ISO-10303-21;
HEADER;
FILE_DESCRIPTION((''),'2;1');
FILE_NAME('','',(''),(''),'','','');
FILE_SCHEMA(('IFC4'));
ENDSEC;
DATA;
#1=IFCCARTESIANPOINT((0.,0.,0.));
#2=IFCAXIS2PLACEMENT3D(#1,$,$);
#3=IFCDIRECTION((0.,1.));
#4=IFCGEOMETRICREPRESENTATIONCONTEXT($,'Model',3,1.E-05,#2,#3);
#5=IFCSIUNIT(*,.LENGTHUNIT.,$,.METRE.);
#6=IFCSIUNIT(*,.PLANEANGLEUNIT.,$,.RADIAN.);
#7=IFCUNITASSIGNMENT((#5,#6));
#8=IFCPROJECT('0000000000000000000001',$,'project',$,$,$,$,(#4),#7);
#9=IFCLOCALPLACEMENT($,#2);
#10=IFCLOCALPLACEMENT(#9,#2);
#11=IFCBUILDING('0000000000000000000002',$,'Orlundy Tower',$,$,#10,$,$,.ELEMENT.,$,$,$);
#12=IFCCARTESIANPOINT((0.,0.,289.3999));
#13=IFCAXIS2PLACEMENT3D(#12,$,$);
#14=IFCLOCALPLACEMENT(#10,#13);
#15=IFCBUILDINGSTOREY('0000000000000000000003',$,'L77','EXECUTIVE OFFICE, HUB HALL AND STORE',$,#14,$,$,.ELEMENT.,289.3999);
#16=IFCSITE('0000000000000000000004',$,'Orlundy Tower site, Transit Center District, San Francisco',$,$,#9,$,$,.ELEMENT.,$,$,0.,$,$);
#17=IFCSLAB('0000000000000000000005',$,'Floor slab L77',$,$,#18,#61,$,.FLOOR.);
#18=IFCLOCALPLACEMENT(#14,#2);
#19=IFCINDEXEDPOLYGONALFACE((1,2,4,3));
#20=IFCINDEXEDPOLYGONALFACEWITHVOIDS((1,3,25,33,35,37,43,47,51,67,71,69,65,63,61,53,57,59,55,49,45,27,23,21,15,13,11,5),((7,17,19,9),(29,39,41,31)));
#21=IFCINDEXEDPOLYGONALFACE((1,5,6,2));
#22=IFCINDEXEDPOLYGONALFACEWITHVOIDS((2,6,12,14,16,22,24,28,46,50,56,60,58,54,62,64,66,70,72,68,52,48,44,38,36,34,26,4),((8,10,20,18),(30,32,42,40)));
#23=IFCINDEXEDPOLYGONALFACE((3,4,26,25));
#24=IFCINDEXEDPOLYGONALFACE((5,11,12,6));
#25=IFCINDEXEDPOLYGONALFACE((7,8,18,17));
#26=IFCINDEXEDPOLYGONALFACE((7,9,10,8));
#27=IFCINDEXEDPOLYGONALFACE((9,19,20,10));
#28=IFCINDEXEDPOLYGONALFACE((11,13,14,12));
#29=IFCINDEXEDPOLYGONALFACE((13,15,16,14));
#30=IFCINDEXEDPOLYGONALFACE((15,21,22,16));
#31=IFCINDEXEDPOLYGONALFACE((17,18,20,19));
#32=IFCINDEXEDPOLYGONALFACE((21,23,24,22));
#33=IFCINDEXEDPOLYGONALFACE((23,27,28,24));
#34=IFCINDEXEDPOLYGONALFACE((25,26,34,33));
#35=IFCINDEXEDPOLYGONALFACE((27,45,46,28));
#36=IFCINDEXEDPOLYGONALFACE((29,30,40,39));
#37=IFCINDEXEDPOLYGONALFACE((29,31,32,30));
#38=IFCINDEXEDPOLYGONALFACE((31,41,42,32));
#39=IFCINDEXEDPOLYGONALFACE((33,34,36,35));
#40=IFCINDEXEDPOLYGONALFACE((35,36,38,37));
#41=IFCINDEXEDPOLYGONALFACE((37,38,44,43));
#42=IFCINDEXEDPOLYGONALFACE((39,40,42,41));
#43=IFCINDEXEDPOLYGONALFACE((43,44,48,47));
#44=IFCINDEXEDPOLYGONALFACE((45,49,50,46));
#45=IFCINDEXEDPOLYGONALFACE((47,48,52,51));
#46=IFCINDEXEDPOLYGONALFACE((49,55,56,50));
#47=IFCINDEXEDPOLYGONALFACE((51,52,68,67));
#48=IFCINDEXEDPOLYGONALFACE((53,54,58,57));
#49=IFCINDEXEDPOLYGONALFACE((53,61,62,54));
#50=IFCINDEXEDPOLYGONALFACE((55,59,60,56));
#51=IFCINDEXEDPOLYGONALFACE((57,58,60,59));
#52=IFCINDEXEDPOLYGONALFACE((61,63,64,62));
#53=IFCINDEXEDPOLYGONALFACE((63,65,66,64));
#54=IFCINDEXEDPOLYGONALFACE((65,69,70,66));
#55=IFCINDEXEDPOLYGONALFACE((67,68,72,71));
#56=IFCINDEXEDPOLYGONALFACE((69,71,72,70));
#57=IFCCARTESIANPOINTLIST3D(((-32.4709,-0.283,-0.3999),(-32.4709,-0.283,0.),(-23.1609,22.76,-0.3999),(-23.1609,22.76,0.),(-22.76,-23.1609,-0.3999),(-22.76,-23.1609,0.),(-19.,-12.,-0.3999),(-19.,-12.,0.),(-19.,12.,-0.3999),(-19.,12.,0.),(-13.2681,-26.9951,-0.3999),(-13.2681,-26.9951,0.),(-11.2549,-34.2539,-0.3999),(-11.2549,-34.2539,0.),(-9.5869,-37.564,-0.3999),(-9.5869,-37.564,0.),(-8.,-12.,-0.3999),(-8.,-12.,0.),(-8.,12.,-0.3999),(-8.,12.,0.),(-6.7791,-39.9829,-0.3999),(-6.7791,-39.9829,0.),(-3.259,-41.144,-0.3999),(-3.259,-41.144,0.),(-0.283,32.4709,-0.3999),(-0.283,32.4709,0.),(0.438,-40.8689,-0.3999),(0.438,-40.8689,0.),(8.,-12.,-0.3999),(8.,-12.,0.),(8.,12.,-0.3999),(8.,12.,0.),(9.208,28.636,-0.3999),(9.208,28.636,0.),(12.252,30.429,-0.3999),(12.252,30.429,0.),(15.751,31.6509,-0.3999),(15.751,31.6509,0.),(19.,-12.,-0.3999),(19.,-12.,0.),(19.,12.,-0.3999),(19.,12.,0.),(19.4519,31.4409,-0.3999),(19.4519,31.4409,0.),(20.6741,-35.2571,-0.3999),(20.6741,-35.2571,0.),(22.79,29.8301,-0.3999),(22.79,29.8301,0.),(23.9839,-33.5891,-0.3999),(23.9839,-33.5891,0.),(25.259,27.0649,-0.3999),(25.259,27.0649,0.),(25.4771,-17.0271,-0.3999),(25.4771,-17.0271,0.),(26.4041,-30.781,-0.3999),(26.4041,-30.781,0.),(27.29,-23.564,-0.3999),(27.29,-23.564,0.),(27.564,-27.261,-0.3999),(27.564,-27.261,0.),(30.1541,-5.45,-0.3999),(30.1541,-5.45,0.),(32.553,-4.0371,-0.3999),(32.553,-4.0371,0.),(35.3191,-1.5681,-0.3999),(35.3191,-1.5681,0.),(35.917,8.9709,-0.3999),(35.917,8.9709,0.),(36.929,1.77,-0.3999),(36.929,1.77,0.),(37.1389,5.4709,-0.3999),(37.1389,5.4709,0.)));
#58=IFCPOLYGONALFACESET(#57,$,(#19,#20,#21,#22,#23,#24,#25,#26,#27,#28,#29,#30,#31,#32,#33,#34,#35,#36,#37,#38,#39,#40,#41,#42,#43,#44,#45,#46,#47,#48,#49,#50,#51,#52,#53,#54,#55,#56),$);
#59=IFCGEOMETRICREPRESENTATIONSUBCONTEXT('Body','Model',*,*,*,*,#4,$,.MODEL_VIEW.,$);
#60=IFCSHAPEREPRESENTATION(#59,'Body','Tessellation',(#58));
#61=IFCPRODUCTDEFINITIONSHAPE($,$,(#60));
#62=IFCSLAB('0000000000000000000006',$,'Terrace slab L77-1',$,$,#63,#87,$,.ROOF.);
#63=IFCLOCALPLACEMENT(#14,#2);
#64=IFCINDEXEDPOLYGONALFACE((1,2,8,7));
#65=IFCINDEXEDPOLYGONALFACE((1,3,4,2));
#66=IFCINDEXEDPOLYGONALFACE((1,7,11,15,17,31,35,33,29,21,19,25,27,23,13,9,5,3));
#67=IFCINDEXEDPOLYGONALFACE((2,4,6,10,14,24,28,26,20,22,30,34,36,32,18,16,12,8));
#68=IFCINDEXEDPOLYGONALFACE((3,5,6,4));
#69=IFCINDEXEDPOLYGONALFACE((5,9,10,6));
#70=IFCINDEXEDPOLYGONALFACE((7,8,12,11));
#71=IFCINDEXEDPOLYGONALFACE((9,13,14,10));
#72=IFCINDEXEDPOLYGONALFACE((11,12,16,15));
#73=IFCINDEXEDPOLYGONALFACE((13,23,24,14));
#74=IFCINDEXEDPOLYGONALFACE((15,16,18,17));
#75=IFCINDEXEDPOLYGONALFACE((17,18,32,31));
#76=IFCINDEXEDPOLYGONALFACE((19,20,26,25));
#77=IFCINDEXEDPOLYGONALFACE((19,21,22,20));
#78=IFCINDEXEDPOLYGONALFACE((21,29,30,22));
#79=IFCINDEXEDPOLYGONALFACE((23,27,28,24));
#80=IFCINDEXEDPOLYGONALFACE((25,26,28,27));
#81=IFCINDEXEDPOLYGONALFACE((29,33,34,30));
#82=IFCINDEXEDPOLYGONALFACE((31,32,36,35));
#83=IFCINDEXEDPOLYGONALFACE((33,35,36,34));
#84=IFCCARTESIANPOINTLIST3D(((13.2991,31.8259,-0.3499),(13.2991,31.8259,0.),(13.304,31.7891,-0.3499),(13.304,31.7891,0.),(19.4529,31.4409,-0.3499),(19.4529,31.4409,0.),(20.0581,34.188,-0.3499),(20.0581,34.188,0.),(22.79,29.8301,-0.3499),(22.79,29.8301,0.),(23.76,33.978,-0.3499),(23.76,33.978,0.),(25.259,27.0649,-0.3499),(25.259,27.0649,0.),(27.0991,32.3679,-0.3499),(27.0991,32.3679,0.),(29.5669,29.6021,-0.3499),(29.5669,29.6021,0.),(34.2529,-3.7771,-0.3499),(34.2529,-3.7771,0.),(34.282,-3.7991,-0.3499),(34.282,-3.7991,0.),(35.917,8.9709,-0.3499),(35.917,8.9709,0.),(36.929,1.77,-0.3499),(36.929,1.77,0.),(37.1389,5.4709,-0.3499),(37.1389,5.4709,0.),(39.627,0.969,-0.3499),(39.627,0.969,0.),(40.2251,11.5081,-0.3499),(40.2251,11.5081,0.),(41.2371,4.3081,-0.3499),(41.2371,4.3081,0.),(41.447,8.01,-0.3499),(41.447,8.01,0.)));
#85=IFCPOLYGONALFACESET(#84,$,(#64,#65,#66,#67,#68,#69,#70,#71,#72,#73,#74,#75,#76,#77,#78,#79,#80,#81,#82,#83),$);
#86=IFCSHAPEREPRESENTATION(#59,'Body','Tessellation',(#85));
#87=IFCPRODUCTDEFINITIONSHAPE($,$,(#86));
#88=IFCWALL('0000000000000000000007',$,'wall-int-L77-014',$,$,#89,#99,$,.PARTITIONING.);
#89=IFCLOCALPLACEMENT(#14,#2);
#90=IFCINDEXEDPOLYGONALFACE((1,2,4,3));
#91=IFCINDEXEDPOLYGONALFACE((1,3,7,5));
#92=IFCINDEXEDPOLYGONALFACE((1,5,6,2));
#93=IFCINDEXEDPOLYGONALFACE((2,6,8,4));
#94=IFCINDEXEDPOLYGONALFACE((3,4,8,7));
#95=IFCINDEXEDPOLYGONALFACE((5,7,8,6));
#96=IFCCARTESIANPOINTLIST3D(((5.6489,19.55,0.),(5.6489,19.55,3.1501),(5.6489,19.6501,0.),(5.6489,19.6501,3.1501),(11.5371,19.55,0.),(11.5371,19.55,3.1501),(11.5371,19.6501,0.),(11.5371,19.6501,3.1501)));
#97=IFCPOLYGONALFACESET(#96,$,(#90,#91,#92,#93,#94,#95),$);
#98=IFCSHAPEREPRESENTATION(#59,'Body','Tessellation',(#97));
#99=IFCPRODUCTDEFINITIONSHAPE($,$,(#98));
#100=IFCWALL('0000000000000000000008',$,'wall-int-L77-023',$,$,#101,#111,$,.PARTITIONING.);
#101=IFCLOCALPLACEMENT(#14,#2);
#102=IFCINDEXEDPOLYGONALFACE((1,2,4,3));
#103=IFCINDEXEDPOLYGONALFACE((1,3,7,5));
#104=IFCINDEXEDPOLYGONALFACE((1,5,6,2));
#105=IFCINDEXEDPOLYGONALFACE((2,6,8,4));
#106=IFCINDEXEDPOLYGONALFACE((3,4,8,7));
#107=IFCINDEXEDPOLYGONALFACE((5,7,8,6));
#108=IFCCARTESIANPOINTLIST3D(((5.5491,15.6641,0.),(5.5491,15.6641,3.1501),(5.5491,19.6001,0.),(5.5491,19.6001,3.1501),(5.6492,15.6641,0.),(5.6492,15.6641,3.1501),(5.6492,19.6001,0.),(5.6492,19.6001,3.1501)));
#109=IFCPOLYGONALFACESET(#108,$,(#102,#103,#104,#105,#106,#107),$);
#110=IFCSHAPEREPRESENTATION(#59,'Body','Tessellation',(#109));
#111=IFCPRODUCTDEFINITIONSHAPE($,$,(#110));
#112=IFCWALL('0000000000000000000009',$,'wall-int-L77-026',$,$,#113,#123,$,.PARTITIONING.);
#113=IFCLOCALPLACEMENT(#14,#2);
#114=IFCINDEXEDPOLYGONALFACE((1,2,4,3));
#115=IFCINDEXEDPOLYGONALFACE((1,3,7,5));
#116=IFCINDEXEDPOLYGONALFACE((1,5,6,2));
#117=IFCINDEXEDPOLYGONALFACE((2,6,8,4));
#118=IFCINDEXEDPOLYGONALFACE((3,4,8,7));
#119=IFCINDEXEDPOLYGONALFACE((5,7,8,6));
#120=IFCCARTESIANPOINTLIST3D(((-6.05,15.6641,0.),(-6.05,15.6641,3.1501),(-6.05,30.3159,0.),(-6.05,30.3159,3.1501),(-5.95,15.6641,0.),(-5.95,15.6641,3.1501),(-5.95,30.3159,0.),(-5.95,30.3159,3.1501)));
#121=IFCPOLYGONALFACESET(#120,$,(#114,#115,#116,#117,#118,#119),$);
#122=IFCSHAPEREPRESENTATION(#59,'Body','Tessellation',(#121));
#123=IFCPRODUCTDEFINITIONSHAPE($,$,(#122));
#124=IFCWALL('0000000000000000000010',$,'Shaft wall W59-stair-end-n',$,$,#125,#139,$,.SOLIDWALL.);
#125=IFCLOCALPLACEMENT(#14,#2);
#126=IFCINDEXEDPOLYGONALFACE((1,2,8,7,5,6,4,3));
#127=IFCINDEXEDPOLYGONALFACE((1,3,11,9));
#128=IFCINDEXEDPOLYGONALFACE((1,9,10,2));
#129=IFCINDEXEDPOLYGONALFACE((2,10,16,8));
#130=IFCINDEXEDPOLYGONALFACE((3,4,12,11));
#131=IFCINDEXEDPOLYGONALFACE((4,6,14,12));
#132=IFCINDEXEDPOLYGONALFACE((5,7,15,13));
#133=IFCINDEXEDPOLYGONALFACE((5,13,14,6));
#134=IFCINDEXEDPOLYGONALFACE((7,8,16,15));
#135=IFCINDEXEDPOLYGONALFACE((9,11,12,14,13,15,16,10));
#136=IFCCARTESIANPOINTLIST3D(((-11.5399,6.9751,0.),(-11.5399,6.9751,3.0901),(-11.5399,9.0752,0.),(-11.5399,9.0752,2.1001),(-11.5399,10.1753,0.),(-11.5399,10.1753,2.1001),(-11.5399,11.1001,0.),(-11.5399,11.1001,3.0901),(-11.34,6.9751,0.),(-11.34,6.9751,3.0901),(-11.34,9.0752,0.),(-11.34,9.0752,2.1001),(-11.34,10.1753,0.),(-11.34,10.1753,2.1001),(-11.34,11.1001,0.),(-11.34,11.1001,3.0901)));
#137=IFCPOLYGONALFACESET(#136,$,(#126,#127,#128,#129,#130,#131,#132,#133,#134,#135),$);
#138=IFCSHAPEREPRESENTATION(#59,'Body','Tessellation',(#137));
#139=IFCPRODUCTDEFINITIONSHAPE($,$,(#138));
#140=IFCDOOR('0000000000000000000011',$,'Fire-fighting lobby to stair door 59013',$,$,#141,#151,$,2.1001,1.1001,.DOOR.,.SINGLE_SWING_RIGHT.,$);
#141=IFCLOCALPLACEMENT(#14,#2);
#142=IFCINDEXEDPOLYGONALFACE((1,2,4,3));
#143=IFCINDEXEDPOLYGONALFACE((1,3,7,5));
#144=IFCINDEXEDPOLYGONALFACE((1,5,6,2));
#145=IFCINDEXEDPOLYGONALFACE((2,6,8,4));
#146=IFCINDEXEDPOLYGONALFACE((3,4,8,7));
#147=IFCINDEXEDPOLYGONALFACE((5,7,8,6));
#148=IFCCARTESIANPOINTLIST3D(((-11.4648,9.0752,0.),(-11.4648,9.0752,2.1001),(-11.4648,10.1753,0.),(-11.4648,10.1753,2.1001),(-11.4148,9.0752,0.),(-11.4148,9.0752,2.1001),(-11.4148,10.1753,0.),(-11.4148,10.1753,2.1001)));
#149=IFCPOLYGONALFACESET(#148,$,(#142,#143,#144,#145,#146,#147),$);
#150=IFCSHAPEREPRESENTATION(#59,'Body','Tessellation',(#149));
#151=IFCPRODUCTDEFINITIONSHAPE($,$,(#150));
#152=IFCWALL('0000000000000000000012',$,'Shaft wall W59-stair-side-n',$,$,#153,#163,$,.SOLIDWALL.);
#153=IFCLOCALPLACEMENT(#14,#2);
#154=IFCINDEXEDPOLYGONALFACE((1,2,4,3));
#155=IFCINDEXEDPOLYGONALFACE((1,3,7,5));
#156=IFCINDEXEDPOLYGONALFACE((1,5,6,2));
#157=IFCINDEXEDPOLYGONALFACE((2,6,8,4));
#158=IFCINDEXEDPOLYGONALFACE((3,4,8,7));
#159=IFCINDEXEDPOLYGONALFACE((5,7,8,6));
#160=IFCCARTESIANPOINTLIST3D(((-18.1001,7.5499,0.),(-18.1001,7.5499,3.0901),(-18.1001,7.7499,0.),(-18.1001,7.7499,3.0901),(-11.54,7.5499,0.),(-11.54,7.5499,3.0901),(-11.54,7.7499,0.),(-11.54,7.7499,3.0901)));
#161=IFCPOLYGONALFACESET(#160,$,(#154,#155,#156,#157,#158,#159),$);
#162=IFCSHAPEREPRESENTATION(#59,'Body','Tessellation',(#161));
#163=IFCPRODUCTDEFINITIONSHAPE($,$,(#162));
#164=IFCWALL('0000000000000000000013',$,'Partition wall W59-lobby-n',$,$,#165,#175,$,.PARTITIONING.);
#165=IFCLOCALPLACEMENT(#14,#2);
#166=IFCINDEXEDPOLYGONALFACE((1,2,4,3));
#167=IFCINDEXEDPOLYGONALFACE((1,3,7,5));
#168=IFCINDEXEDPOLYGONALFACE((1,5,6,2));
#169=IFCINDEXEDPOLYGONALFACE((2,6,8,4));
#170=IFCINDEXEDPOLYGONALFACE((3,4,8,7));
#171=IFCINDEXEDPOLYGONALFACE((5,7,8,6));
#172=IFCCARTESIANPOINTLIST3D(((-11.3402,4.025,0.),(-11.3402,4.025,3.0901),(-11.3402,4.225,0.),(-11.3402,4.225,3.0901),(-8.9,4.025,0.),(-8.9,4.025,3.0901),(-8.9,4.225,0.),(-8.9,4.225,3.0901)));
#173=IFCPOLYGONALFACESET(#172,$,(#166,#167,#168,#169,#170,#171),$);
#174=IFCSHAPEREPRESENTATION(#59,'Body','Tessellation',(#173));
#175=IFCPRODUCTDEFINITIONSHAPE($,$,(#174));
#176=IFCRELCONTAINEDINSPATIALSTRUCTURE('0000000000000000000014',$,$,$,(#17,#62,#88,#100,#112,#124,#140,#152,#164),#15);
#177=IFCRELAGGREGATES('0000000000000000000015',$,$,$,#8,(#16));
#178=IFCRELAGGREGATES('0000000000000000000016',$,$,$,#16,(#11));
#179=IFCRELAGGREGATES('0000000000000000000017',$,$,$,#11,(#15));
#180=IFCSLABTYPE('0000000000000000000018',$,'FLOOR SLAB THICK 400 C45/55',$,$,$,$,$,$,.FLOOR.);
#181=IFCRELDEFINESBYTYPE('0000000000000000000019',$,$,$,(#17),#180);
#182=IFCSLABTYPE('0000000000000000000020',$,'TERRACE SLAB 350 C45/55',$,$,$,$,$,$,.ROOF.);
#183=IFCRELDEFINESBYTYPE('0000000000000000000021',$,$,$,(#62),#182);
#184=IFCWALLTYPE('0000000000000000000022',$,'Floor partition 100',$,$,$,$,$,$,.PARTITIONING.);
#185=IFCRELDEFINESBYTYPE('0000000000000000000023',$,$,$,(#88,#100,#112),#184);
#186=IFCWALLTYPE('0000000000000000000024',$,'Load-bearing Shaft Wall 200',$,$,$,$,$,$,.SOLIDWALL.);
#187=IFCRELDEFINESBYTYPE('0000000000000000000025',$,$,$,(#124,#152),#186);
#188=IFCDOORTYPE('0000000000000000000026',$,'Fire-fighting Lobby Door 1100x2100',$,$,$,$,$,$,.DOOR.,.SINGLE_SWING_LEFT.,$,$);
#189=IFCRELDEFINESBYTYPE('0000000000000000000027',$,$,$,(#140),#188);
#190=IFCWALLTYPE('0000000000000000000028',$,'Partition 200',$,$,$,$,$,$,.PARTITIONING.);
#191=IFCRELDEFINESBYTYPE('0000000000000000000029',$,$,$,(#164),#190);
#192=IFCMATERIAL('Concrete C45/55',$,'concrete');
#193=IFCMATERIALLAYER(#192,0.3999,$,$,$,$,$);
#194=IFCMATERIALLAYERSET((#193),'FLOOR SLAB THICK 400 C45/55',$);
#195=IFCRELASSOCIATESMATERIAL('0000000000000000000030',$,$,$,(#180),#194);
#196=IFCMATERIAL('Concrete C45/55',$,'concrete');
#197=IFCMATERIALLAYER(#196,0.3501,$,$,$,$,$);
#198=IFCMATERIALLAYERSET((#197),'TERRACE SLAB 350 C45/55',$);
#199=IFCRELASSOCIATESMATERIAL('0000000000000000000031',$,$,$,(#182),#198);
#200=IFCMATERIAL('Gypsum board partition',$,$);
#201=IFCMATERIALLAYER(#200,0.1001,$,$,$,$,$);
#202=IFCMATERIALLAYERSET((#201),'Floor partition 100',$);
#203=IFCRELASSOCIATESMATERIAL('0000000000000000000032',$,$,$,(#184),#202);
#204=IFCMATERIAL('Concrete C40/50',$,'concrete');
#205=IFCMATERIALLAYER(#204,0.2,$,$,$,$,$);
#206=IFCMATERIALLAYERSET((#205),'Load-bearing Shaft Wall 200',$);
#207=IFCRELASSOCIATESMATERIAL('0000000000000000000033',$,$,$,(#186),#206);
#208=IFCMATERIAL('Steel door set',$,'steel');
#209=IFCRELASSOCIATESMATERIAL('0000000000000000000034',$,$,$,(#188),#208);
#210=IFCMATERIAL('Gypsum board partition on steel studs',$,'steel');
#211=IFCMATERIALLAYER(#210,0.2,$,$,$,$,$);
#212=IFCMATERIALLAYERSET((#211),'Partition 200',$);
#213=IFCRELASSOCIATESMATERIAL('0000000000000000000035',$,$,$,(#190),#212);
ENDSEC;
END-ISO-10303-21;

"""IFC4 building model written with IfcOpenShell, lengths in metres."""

from ifc_helpers import new_model, si_unit, direction, frame, frame_2d, origin, place, context, subcontext, project, spatial, polyline, rectangle, outline, extrude, material, layer, layer_set, type_object, element, fill, save


model = new_model("IFC4")

# Units and contexts
model_context = context("Model", 3, precision=1e-05, world=origin(), true_north=direction((0.0, 1.0)))
body_context = subcontext(model_context, "Body", "Model", "MODEL_VIEW")
ifc_project = project(units=[si_unit("LENGTHUNIT", "METRE"), si_unit("PLANEANGLEUNIT", "RADIAN")], contexts=[model_context])

# Site, building, storey
site_placement = place(None, origin())
site = spatial("IfcSite", under=ifc_project, at=site_placement, Name="Orlundy Tower site, Transit Center District, San Francisco", CompositionType="ELEMENT", RefElevation=0.0)
building_placement = place(site_placement, origin())
building = spatial("IfcBuilding", under=site, at=building_placement, Name="Orlundy Tower", CompositionType="ELEMENT")
storey_placement = place(building_placement, frame((0.0, 0.0, 289.3999)))
storey = spatial("IfcBuildingStorey", under=building, at=storey_placement, Name="L77", Description="EXECUTIVE OFFICE, HUB HALL AND STORE", CompositionType="ELEMENT", Elevation=289.3999)

# Slabs
ifc_material_1 = material(Name="Concrete C45/55", Category="concrete")
ifc_layer_1 = layer(ifc_material_1, 0.3999)
ifc_layer_set_1 = layer_set([ifc_layer_1], Name="FLOOR SLAB THICK 400 C45/55")
slab_type_1 = type_object("IfcSlabType", Name="FLOOR SLAB THICK 400 C45/55", PredefinedType="FLOOR", material=ifc_layer_set_1)
slab_1_placement = place(storey_placement, frame((0.0, 0.0, -0.3999)))
element("IfcSlab", 1, at=slab_1_placement, inside=storey, type_object=slab_type_1, Name="Floor slab L77", PredefinedType="FLOOR", context=body_context, shape_type="SweptSolid", body=[
    extrude(outline(polyline([(-13.2681, -26.9951), (-22.76, -23.1609), (-32.4709, -0.283), (-23.1609, 22.76), (-0.283, 32.4709), (9.208, 28.636), (12.252, 30.429), (15.751, 31.6509), (19.4519, 31.4409), (22.79, 29.8301), (25.259, 27.0649), (35.917, 8.9709), (37.1389, 5.4709), (36.929, 1.77), (35.3191, -1.5681), (32.553, -4.0371), (30.1541, -5.45), (25.4771, -17.0271), (27.29, -23.564), (27.564, -27.261), (26.4041, -30.781), (23.9839, -33.5891), (20.6741, -35.2571), (0.438, -40.8689), (-3.259, -41.144), (-6.7791, -39.9829), (-9.5869, -37.564), (-11.2549, -34.2539), (-13.2681, -26.9951)]), holes=[polyline([(-8.0, -12.0), (-8.0, 12.0), (-19.0, 12.0), (-19.0, -12.0), (-8.0, -12.0)]), polyline([(19.0, -12.0), (19.0, 12.0), (8.0, 12.0), (8.0, -12.0), (19.0, -12.0)])]), origin(), (0.0, 0.0, 1.0), 0.3999),
])
ifc_material_2 = material(Name="Concrete C45/55", Category="concrete")
ifc_layer_2 = layer(ifc_material_2, 0.3501)
ifc_layer_set_2 = layer_set([ifc_layer_2], Name="TERRACE SLAB 350 C45/55")
slab_type_2 = type_object("IfcSlabType", Name="TERRACE SLAB 350 C45/55", PredefinedType="ROOF", material=ifc_layer_set_2)
slab_2_placement = place(storey_placement, frame((0.0, 0.0, -0.3499)))
element("IfcSlab", 2, at=slab_2_placement, inside=storey, type_object=slab_type_2, Name="Terrace slab L77-1", PredefinedType="ROOF", context=body_context, shape_type="SweptSolid", body=[
    extrude(outline(polyline([(13.304, 31.7891), (13.2991, 31.8259), (20.0581, 34.188), (23.76, 33.978), (27.0991, 32.3679), (29.5669, 29.6021), (40.2251, 11.5081), (41.447, 8.01), (41.2371, 4.3081), (39.627, 0.969), (34.282, -3.7991), (34.2529, -3.7771), (36.929, 1.77), (37.1389, 5.4709), (35.917, 8.9709), (25.259, 27.0649), (22.79, 29.8301), (19.4529, 31.4409), (13.304, 31.7891)])), origin(), (0.0, 0.0, 1.0), 0.3499),
])

# Walls
ifc_material_3 = material(Name="Gypsum board partition")
ifc_layer_3 = layer(ifc_material_3, 0.1001)
ifc_layer_set_3 = layer_set([ifc_layer_3], Name="Floor partition 100")
wall_type_1 = type_object("IfcWallType", Name="Floor partition 100", PredefinedType="PARTITIONING", material=ifc_layer_set_3)
wall_1_placement = place(storey_placement, frame((5.6489, 19.6001, 0.0), z_axis=(0.0, 0.0, 1.0), x_axis=(1.0, 0.0, 0.0)))
element("IfcWall", 3, at=wall_1_placement, inside=storey, type_object=wall_type_1, Name="wall-int-L77-014", PredefinedType="PARTITIONING", context=body_context, shape_type="SweptSolid", body=[
    extrude(rectangle(XDim=5.8882, YDim=0.1001, at=frame_2d((2.9441, 0.0))), origin(), (0.0, 0.0, 1.0), 3.1501),
])
wall_2_placement = place(storey_placement, frame((5.5991, 15.6641, 0.0), z_axis=(0.0, 0.0, 1.0), x_axis=(0.0, 1.0, 0.0)))
element("IfcWall", 4, at=wall_2_placement, inside=storey, type_object=wall_type_1, Name="wall-int-L77-023", PredefinedType="PARTITIONING", context=body_context, shape_type="SweptSolid", body=[
    extrude(rectangle(XDim=3.936, YDim=0.1001, at=frame_2d((1.968, 0.0))), origin(), (0.0, 0.0, 1.0), 3.1501),
])
wall_3_placement = place(storey_placement, frame((-6.0, 15.6641, 0.0), z_axis=(0.0, 0.0, 1.0), x_axis=(0.0, 1.0, 0.0)))
element("IfcWall", 5, at=wall_3_placement, inside=storey, type_object=wall_type_1, Name="wall-int-L77-026", PredefinedType="PARTITIONING", context=body_context, shape_type="SweptSolid", body=[
    extrude(rectangle(XDim=14.6519, YDim=0.1001, at=frame_2d((7.3259, 0.0))), origin(), (0.0, 0.0, 1.0), 3.1501),
])

# Wall, opening, door
ifc_material_4 = material(Name="Concrete C40/50", Category="concrete")
ifc_layer_4 = layer(ifc_material_4, 0.2)
ifc_layer_set_4 = layer_set([ifc_layer_4], Name="Load-bearing Shaft Wall 200")
wall_type_2 = type_object("IfcWallType", Name="Load-bearing Shaft Wall 200", PredefinedType="SOLIDWALL", material=ifc_layer_set_4)
wall_4_placement = place(storey_placement, frame((-11.4399, 6.9751, 0.0), z_axis=(0.0, 0.0, 1.0), x_axis=(0.0, 1.0, 0.0)))
wall_4 = element("IfcWall", 6, at=wall_4_placement, inside=storey, type_object=wall_type_2, Name="Shaft wall W59-stair-end-n", PredefinedType="SOLIDWALL", context=body_context, shape_type="SweptSolid", body=[
    extrude(rectangle(XDim=4.125, YDim=0.2, at=frame_2d((2.0625, 0.0))), origin(), (0.0, 0.0, 1.0), 3.0901),
])
opening_placement = place(wall_4_placement, frame((2.1001, 0.0, 0.0)))
opening = element("IfcOpeningElement", 7, at=opening_placement, cuts=wall_4, PredefinedType="OPENING", context=body_context, shape_type="SweptSolid", body=[
    extrude(rectangle(XDim=1.1001, YDim=2.1001, at=frame_2d((0.55, 1.05))), frame((0.0, 0.1101, 0.0), z_axis=(0.0, -1.0, 0.0), x_axis=(1.0, 0.0, 0.0)), (0.0, 0.0, 1.0), 0.2202),
])
ifc_material_5 = material(Name="Steel door set", Category="steel")
door_type = type_object("IfcDoorType", Name="Fire-fighting Lobby Door 1100x2100", OperationType="SINGLE_SWING_LEFT", PredefinedType="DOOR", material=ifc_material_5)
door_placement = place(opening_placement, origin())
door = element("IfcDoor", 8, at=door_placement, inside=storey, type_object=door_type, Name="Fire-fighting lobby to stair door 59013", OperationType="SINGLE_SWING_RIGHT", OverallHeight=2.1001, OverallWidth=1.1001, PredefinedType="DOOR", context=body_context, shape_type="SweptSolid", body=[
    extrude(rectangle(XDim=1.1001, YDim=2.1001, at=frame_2d((0.55, 1.05))), frame((0.0, 0.0249, 0.0), z_axis=(0.0, -1.0, 0.0), x_axis=(1.0, 0.0, 0.0)), (0.0, 0.0, 1.0), 0.05),
])
fill(opening, door)

# Walls
wall_5_placement = place(storey_placement, frame((-11.54, 7.6499, 0.0), z_axis=(0.0, 0.0, 1.0), x_axis=(-1.0, 0.0, 0.0)))
element("IfcWall", 9, at=wall_5_placement, inside=storey, type_object=wall_type_2, Name="Shaft wall W59-stair-side-n", PredefinedType="SOLIDWALL", context=body_context, shape_type="SweptSolid", body=[
    extrude(rectangle(XDim=6.5601, YDim=0.2, at=frame_2d((3.28, 0.0))), origin(), (0.0, 0.0, 1.0), 3.0901),
])
ifc_material_6 = material(Name="Gypsum board partition on steel studs", Category="steel")
ifc_layer_5 = layer(ifc_material_6, 0.2)
ifc_layer_set_5 = layer_set([ifc_layer_5], Name="Partition 200")
wall_type_3 = type_object("IfcWallType", Name="Partition 200", PredefinedType="PARTITIONING", material=ifc_layer_set_5)
wall_6_placement = place(storey_placement, frame((-8.8999, 4.125, 0.0), z_axis=(0.0, 0.0, 1.0), x_axis=(-1.0, 0.0, 0.0)))
element("IfcWall", 10, at=wall_6_placement, inside=storey, type_object=wall_type_3, Name="Partition wall W59-lobby-n", PredefinedType="PARTITIONING", context=body_context, shape_type="SweptSolid", body=[
    extrude(rectangle(XDim=2.4402, YDim=0.2, at=frame_2d((1.2202, 0.0))), origin(), (0.0, 0.0, 1.0), 3.0901),
])

save(model, "model.ifc")
